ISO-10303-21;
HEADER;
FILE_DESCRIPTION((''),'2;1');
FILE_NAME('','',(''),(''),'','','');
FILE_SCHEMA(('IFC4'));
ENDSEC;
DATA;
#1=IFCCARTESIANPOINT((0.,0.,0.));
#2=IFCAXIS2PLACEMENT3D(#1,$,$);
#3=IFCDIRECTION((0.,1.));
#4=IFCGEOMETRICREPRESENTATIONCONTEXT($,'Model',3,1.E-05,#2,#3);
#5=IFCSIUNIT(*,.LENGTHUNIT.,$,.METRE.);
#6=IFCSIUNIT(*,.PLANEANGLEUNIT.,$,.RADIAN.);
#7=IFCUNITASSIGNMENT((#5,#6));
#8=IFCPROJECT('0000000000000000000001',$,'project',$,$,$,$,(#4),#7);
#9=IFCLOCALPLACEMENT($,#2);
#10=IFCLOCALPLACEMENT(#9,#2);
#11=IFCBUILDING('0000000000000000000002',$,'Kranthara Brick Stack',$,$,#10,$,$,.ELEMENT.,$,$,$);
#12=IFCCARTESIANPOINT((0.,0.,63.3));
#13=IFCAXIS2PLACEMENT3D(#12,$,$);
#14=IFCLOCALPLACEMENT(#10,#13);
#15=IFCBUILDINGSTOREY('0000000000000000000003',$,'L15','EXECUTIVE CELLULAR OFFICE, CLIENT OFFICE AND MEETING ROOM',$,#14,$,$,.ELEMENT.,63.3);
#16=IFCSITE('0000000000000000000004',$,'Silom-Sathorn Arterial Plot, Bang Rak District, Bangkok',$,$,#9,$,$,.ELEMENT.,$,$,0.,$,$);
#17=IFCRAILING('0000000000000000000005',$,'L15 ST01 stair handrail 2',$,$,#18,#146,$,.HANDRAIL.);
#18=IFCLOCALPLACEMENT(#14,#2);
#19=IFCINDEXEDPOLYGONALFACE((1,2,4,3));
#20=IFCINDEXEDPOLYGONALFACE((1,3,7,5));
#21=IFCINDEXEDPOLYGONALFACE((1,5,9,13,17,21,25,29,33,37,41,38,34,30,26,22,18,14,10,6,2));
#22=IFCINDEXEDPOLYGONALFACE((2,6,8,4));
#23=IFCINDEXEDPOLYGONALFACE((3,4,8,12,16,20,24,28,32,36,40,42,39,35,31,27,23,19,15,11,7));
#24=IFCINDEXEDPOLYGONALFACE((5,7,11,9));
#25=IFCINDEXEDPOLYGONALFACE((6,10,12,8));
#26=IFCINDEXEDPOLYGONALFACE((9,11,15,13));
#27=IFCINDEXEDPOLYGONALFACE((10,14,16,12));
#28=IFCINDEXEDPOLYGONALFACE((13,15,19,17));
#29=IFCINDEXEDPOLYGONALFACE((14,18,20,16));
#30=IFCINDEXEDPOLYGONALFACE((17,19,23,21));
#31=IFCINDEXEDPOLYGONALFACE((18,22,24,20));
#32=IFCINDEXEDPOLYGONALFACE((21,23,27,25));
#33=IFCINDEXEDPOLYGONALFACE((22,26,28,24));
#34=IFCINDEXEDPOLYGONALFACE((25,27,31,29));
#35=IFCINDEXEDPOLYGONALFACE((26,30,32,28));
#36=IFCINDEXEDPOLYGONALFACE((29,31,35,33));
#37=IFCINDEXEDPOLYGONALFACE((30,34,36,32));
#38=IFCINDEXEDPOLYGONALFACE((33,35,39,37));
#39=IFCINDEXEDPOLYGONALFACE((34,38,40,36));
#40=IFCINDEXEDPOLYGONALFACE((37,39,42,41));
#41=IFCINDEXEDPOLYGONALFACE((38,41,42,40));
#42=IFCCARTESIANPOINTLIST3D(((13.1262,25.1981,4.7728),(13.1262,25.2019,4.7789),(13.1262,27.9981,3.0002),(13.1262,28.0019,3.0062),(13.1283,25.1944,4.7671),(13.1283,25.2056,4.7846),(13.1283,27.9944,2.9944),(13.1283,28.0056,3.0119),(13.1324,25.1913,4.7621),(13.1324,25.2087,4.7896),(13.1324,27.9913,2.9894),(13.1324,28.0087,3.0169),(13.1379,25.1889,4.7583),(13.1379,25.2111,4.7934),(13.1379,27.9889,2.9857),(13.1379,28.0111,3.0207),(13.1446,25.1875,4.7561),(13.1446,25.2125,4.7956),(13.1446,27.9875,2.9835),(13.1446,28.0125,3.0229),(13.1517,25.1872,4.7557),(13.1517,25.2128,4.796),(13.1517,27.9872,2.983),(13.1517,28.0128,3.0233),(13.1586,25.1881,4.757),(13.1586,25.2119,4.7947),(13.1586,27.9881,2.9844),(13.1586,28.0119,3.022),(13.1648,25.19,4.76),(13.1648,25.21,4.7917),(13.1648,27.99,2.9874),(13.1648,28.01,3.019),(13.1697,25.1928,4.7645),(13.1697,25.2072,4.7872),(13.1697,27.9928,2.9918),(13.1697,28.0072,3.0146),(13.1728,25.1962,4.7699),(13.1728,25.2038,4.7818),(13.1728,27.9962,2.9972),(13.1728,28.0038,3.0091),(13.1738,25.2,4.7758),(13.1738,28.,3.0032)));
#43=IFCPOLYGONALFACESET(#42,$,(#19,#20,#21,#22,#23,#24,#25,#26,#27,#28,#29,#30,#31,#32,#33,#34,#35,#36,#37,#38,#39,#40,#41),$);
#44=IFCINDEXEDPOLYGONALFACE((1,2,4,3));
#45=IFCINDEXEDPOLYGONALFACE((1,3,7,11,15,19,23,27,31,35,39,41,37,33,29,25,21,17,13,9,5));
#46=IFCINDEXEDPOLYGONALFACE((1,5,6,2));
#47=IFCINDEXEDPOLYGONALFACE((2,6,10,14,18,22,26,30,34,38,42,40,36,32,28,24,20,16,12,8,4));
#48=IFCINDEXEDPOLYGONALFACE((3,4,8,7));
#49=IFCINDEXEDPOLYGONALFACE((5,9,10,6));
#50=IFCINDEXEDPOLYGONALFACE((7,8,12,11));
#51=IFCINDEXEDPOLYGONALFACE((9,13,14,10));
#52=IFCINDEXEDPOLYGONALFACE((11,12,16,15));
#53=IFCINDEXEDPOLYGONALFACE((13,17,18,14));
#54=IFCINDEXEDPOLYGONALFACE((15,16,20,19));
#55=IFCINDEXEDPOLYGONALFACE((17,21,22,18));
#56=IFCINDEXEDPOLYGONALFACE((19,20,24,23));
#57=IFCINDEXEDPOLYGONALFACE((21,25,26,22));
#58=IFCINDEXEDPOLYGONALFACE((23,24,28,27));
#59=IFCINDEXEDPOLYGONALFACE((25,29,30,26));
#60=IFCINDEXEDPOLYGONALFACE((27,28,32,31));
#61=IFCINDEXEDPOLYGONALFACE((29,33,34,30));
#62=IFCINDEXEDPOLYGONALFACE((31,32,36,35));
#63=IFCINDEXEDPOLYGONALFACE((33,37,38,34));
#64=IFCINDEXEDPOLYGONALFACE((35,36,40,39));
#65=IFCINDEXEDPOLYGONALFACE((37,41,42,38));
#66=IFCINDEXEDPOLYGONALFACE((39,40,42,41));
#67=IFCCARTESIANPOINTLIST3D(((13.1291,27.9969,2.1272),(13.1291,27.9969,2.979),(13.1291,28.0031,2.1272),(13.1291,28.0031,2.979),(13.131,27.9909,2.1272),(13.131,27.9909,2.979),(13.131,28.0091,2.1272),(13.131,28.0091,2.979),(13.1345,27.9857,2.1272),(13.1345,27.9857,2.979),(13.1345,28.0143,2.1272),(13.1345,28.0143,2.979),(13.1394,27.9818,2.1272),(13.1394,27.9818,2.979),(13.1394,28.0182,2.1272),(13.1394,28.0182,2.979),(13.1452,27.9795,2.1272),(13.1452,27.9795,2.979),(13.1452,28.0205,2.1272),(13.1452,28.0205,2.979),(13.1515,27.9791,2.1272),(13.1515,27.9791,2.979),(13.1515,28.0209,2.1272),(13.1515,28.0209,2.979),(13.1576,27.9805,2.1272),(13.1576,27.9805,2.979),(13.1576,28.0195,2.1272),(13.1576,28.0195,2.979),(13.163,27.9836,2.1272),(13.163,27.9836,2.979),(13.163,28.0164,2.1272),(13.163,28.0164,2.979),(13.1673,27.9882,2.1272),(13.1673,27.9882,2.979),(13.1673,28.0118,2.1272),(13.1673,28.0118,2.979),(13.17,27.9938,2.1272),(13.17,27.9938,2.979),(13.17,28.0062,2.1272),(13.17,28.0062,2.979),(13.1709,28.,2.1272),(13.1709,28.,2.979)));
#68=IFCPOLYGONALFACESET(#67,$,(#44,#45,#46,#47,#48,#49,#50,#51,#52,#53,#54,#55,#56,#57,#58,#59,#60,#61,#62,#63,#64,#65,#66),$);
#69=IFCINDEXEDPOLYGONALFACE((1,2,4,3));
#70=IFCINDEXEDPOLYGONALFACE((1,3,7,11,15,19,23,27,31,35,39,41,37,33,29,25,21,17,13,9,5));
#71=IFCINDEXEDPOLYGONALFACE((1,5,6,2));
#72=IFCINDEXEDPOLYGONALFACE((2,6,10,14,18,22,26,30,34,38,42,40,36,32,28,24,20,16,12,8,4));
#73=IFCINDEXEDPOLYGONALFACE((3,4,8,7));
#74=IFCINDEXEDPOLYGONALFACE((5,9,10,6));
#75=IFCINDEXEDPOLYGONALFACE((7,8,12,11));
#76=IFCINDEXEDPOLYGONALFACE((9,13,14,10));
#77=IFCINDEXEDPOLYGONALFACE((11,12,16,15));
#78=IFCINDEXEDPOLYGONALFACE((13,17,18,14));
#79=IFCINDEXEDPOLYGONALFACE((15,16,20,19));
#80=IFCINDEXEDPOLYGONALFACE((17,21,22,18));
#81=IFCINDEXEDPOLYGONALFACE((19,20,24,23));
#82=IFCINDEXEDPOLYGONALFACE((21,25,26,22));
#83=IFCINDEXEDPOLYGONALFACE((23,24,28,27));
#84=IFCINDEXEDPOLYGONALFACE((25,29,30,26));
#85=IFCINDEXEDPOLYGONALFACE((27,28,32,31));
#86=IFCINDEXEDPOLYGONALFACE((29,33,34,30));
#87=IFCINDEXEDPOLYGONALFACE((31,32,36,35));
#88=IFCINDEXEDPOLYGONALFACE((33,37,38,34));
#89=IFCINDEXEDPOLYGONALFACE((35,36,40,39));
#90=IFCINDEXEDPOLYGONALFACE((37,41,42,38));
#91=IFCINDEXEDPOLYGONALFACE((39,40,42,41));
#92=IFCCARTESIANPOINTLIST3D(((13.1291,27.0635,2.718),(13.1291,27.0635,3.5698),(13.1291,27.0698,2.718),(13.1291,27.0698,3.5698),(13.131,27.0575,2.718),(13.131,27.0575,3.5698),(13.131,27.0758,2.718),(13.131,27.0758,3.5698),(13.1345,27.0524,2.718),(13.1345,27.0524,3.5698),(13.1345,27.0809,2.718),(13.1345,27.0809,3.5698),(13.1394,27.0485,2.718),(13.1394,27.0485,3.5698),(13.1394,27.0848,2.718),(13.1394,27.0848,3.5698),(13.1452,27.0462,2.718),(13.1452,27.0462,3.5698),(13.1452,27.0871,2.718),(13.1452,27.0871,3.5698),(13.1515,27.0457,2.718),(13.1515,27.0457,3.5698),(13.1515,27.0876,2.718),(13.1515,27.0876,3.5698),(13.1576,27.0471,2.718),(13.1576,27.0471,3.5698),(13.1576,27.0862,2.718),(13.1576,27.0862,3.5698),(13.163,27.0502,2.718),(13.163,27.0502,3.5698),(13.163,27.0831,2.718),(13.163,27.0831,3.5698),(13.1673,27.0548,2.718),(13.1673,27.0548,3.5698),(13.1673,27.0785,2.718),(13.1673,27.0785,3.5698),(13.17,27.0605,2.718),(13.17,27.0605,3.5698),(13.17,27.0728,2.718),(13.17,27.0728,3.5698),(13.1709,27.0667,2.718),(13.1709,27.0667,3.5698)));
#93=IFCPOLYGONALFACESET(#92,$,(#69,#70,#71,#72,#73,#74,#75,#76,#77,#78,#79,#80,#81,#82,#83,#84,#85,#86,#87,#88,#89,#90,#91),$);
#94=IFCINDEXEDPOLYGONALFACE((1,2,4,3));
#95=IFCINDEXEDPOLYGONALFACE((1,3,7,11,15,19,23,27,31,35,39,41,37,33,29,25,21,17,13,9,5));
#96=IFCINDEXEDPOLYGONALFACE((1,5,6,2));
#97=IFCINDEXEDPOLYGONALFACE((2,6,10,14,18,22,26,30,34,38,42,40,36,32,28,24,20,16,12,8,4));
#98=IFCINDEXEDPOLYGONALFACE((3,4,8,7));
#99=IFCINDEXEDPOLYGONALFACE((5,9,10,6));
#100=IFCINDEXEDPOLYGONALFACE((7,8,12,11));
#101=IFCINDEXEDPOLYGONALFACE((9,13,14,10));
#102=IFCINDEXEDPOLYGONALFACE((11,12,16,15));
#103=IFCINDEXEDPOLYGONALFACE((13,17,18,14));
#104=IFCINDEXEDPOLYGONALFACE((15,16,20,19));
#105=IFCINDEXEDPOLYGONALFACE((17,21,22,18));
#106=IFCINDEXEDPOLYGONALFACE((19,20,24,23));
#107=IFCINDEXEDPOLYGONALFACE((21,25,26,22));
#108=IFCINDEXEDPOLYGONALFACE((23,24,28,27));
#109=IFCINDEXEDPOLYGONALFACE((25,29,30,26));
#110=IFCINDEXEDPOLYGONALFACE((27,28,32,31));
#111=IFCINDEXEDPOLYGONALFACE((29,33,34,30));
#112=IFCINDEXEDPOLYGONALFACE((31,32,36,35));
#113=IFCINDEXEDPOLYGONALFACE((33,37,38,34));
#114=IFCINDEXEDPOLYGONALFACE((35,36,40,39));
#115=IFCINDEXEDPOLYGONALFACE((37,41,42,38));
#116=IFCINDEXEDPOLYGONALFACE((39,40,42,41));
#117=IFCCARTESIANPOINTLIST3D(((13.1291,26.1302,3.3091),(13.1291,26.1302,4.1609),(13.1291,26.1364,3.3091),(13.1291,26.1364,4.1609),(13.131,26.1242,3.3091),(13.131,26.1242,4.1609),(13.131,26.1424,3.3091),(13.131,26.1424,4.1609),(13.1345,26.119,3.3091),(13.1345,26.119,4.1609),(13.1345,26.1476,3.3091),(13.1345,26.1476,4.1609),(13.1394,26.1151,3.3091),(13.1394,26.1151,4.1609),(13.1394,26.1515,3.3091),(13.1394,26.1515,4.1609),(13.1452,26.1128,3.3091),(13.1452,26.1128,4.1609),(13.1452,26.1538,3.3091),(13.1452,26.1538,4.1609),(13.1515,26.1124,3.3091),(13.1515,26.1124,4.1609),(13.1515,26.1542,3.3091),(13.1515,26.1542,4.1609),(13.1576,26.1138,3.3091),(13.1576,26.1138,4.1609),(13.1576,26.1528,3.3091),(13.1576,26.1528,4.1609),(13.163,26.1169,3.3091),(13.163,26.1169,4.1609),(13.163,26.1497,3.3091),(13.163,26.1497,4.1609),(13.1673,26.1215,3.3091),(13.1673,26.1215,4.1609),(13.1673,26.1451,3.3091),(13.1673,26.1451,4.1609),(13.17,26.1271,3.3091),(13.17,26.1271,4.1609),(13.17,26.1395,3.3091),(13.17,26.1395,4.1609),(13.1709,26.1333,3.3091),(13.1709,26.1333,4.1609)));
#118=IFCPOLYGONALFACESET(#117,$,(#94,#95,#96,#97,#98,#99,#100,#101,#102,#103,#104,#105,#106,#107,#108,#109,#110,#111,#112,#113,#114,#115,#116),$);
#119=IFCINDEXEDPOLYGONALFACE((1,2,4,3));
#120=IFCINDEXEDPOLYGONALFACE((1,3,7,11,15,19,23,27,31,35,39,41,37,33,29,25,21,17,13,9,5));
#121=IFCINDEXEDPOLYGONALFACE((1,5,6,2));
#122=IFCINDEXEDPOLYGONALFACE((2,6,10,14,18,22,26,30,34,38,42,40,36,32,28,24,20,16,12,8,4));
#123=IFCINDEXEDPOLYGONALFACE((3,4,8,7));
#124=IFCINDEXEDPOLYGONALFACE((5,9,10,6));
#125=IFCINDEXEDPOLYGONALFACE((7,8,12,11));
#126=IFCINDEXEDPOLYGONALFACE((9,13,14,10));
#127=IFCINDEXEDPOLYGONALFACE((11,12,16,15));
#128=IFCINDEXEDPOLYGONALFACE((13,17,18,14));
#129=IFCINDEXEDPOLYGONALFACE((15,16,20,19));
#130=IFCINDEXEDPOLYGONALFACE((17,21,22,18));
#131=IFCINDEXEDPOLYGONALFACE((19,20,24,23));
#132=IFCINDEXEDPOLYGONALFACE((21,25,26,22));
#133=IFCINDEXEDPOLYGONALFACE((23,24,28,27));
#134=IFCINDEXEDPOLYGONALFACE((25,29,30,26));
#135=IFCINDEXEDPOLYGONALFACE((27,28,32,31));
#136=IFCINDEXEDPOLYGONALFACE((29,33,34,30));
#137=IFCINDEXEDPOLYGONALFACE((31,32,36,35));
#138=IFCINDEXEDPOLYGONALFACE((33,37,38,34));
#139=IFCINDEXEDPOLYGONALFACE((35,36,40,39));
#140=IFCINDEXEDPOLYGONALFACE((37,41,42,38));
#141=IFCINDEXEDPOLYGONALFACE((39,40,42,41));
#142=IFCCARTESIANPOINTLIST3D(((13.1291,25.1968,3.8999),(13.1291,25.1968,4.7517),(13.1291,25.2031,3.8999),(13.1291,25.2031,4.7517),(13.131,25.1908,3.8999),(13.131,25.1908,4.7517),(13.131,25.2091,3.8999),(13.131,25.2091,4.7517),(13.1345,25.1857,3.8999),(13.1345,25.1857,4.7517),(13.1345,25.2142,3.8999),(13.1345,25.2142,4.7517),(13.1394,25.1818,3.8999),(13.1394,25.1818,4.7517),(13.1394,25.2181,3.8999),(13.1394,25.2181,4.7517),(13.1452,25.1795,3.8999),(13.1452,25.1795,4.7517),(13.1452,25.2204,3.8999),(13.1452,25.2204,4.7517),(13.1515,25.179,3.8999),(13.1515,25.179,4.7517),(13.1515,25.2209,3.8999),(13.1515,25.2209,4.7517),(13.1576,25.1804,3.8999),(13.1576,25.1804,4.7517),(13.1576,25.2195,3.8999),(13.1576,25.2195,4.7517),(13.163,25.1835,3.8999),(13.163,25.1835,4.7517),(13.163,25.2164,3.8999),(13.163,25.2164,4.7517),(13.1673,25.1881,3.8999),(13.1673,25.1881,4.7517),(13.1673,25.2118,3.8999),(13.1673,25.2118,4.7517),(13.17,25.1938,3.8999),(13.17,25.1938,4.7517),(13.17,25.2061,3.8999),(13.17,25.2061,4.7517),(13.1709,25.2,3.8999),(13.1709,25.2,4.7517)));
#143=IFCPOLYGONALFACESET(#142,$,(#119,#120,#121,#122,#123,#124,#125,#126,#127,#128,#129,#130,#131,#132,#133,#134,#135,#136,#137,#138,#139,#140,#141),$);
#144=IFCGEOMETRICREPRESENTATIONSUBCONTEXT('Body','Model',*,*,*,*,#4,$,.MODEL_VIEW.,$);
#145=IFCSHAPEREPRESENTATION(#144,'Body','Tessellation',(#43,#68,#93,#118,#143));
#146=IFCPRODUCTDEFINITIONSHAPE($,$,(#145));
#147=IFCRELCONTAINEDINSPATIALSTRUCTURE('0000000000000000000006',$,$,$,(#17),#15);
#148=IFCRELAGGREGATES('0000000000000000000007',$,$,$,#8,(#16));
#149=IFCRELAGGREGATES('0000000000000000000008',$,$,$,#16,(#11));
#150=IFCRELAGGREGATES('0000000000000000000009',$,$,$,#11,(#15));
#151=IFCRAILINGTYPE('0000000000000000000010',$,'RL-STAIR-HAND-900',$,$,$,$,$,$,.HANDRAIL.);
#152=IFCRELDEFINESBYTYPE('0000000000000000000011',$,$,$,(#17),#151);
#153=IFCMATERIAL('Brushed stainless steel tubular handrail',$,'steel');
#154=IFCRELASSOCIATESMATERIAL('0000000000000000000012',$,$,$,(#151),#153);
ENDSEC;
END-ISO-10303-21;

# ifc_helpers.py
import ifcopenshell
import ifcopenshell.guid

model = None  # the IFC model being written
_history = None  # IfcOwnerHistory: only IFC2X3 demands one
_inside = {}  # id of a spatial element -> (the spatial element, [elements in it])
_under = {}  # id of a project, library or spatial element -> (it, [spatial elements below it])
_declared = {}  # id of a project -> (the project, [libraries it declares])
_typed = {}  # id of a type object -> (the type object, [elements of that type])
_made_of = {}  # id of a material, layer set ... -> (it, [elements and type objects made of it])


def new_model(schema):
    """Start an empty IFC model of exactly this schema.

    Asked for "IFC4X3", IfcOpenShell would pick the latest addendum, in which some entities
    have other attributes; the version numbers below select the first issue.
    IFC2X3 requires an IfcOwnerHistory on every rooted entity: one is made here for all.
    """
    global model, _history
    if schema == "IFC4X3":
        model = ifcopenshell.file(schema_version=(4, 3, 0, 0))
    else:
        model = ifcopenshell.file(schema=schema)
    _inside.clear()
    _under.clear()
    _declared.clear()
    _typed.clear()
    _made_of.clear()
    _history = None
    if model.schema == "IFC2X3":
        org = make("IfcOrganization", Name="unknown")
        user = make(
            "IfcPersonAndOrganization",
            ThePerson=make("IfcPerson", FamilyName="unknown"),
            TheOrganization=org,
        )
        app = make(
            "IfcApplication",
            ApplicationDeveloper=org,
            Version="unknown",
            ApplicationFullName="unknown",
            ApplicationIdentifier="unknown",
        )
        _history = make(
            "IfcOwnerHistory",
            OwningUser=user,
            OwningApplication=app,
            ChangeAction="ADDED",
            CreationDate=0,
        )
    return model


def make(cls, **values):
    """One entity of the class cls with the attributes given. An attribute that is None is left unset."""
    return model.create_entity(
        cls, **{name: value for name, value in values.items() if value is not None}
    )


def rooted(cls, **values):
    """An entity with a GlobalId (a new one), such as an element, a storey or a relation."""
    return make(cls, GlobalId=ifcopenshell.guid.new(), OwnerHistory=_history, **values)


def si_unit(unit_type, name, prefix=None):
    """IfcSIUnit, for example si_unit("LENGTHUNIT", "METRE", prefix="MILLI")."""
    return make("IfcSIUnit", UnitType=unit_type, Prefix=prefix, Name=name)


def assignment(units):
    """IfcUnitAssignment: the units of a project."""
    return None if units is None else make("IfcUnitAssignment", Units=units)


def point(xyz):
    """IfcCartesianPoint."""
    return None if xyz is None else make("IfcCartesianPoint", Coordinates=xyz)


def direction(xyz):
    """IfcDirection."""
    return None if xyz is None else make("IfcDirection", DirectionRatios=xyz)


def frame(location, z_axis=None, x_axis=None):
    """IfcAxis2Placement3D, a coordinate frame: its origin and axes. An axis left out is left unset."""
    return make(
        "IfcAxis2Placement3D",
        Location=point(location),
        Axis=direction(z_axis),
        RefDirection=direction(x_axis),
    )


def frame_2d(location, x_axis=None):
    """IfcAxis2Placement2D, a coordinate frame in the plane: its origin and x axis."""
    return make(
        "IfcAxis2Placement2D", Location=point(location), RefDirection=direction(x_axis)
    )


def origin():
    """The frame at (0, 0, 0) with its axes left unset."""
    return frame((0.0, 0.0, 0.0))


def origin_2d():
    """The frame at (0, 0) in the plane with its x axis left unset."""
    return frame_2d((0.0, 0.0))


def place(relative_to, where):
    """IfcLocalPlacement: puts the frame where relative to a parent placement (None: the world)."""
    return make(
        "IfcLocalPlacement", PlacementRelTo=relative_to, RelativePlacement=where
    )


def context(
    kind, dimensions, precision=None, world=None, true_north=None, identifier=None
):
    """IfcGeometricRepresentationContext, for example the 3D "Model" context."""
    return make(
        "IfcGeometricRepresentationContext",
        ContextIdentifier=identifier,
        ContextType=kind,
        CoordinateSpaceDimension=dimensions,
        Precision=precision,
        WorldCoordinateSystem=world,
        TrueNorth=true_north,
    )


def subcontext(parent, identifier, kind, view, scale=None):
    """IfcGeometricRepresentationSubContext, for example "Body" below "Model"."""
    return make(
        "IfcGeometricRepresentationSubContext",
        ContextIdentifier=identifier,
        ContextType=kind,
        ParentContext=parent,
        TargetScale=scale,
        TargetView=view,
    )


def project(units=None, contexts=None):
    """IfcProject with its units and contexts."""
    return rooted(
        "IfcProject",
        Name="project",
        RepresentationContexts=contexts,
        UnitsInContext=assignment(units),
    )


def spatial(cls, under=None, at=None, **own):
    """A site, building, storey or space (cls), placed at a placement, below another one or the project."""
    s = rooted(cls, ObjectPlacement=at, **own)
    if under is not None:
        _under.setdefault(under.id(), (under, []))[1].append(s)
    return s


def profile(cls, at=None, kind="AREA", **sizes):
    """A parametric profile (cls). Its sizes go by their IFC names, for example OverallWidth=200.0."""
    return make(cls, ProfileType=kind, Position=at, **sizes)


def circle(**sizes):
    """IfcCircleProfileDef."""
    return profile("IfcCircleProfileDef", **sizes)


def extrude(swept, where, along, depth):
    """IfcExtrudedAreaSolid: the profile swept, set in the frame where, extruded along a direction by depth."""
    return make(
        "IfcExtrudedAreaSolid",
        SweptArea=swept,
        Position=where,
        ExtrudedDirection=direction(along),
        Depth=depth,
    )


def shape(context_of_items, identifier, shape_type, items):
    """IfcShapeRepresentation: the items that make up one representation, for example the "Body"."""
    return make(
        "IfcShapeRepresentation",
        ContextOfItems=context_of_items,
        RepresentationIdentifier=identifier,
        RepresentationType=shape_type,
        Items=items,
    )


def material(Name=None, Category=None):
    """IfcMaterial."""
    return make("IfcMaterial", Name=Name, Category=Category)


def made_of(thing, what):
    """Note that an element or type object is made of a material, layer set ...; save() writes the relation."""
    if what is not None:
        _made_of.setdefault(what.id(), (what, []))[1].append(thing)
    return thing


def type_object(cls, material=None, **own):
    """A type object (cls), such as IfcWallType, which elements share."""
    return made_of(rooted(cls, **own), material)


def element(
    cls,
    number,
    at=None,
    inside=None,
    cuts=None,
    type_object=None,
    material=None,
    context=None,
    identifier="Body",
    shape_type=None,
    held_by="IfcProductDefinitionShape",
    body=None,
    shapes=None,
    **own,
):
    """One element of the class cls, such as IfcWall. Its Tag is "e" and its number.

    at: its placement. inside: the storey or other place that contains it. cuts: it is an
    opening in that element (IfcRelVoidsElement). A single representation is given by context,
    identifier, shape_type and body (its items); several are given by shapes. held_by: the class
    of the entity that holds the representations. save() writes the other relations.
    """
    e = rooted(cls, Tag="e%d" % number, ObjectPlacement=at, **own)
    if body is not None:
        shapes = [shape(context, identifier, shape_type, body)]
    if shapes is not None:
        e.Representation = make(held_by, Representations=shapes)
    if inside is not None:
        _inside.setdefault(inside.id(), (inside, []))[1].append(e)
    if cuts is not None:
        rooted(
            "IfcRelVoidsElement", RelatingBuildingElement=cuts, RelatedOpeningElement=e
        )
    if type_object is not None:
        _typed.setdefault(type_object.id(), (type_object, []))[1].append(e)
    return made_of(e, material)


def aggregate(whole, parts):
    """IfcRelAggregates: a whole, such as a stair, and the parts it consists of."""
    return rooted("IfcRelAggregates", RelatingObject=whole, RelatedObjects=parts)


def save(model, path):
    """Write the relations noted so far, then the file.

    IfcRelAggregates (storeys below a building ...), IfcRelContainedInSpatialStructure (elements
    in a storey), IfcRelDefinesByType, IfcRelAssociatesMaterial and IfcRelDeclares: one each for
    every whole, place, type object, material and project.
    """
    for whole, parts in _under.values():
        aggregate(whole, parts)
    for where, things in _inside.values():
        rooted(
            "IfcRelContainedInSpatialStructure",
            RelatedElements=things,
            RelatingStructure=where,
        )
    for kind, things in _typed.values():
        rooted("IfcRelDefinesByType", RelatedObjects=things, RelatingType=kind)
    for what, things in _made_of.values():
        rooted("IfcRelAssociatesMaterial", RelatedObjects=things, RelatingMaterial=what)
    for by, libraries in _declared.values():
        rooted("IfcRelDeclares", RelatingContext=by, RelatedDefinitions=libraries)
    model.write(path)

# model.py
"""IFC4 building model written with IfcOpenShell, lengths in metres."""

from ifc_helpers import new_model, si_unit, direction, frame, origin, origin_2d, place, context, subcontext, project, spatial, circle, extrude, material, type_object, element, save


model = new_model("IFC4")

# Units and contexts
model_context = context("Model", 3, precision=1e-05, world=origin(), true_north=direction((0.0, 1.0)))
body_context = subcontext(model_context, "Body", "Model", "MODEL_VIEW")
ifc_project = project(units=[si_unit("LENGTHUNIT", "METRE"), si_unit("PLANEANGLEUNIT", "RADIAN")], contexts=[model_context])

# Site, building, storey
site_placement = place(None, origin())
site = spatial("IfcSite", under=ifc_project, at=site_placement, Name="Silom-Sathorn Arterial Plot, Bang Rak District, Bangkok", CompositionType="ELEMENT", RefElevation=0.0)
building_placement = place(site_placement, origin())
building = spatial("IfcBuilding", under=site, at=building_placement, Name="Kranthara Brick Stack", CompositionType="ELEMENT")
storey_placement = place(building_placement, frame((0.0, 0.0, 63.3)))
storey = spatial("IfcBuildingStorey", under=building, at=storey_placement, Name="L15", Description="EXECUTIVE CELLULAR OFFICE, CLIENT OFFICE AND MEETING ROOM", CompositionType="ELEMENT", Elevation=63.3)

# Railing
ifc_material_1 = material(Name="Brushed stainless steel tubular handrail", Category="steel")
railing_type_1 = type_object("IfcRailingType", Name="RL-STAIR-HAND-900", PredefinedType="HANDRAIL", material=ifc_material_1)
railing_1_placement = place(storey_placement, frame((13.1499, 28.0, 2.1272)))
element("IfcRailing", 1, at=railing_1_placement, inside=storey, type_object=railing_type_1, Name="L15 ST01 stair handrail 2", PredefinedType="HANDRAIL", context=body_context, shape_type="SweptSolid", body=[
    extrude(circle(Radius=0.0239, at=origin_2d()), frame((0.0, 0.0, 0.876), z_axis=(0.0, -0.844909, 0.53491), x_axis=(1.0, 0.0, 0.0)), (0.0, 0.0, 1.0), 3.314),
    extrude(circle(Radius=0.021, at=origin_2d()), origin(), (0.0, 0.0, 1.0), 0.8518),
    extrude(circle(Radius=0.021, at=origin_2d()), frame((0.0, -0.9333, 0.5908)), (0.0, 0.0, 1.0), 0.8518),
    extrude(circle(Radius=0.021, at=origin_2d()), frame((0.0, -1.8667, 1.1819)), (0.0, 0.0, 1.0), 0.8518),
    extrude(circle(Radius=0.021, at=origin_2d()), frame((0.0, -2.8, 1.7727)), (0.0, 0.0, 1.0), 0.8518),
])

save(model, "model.ifc")
